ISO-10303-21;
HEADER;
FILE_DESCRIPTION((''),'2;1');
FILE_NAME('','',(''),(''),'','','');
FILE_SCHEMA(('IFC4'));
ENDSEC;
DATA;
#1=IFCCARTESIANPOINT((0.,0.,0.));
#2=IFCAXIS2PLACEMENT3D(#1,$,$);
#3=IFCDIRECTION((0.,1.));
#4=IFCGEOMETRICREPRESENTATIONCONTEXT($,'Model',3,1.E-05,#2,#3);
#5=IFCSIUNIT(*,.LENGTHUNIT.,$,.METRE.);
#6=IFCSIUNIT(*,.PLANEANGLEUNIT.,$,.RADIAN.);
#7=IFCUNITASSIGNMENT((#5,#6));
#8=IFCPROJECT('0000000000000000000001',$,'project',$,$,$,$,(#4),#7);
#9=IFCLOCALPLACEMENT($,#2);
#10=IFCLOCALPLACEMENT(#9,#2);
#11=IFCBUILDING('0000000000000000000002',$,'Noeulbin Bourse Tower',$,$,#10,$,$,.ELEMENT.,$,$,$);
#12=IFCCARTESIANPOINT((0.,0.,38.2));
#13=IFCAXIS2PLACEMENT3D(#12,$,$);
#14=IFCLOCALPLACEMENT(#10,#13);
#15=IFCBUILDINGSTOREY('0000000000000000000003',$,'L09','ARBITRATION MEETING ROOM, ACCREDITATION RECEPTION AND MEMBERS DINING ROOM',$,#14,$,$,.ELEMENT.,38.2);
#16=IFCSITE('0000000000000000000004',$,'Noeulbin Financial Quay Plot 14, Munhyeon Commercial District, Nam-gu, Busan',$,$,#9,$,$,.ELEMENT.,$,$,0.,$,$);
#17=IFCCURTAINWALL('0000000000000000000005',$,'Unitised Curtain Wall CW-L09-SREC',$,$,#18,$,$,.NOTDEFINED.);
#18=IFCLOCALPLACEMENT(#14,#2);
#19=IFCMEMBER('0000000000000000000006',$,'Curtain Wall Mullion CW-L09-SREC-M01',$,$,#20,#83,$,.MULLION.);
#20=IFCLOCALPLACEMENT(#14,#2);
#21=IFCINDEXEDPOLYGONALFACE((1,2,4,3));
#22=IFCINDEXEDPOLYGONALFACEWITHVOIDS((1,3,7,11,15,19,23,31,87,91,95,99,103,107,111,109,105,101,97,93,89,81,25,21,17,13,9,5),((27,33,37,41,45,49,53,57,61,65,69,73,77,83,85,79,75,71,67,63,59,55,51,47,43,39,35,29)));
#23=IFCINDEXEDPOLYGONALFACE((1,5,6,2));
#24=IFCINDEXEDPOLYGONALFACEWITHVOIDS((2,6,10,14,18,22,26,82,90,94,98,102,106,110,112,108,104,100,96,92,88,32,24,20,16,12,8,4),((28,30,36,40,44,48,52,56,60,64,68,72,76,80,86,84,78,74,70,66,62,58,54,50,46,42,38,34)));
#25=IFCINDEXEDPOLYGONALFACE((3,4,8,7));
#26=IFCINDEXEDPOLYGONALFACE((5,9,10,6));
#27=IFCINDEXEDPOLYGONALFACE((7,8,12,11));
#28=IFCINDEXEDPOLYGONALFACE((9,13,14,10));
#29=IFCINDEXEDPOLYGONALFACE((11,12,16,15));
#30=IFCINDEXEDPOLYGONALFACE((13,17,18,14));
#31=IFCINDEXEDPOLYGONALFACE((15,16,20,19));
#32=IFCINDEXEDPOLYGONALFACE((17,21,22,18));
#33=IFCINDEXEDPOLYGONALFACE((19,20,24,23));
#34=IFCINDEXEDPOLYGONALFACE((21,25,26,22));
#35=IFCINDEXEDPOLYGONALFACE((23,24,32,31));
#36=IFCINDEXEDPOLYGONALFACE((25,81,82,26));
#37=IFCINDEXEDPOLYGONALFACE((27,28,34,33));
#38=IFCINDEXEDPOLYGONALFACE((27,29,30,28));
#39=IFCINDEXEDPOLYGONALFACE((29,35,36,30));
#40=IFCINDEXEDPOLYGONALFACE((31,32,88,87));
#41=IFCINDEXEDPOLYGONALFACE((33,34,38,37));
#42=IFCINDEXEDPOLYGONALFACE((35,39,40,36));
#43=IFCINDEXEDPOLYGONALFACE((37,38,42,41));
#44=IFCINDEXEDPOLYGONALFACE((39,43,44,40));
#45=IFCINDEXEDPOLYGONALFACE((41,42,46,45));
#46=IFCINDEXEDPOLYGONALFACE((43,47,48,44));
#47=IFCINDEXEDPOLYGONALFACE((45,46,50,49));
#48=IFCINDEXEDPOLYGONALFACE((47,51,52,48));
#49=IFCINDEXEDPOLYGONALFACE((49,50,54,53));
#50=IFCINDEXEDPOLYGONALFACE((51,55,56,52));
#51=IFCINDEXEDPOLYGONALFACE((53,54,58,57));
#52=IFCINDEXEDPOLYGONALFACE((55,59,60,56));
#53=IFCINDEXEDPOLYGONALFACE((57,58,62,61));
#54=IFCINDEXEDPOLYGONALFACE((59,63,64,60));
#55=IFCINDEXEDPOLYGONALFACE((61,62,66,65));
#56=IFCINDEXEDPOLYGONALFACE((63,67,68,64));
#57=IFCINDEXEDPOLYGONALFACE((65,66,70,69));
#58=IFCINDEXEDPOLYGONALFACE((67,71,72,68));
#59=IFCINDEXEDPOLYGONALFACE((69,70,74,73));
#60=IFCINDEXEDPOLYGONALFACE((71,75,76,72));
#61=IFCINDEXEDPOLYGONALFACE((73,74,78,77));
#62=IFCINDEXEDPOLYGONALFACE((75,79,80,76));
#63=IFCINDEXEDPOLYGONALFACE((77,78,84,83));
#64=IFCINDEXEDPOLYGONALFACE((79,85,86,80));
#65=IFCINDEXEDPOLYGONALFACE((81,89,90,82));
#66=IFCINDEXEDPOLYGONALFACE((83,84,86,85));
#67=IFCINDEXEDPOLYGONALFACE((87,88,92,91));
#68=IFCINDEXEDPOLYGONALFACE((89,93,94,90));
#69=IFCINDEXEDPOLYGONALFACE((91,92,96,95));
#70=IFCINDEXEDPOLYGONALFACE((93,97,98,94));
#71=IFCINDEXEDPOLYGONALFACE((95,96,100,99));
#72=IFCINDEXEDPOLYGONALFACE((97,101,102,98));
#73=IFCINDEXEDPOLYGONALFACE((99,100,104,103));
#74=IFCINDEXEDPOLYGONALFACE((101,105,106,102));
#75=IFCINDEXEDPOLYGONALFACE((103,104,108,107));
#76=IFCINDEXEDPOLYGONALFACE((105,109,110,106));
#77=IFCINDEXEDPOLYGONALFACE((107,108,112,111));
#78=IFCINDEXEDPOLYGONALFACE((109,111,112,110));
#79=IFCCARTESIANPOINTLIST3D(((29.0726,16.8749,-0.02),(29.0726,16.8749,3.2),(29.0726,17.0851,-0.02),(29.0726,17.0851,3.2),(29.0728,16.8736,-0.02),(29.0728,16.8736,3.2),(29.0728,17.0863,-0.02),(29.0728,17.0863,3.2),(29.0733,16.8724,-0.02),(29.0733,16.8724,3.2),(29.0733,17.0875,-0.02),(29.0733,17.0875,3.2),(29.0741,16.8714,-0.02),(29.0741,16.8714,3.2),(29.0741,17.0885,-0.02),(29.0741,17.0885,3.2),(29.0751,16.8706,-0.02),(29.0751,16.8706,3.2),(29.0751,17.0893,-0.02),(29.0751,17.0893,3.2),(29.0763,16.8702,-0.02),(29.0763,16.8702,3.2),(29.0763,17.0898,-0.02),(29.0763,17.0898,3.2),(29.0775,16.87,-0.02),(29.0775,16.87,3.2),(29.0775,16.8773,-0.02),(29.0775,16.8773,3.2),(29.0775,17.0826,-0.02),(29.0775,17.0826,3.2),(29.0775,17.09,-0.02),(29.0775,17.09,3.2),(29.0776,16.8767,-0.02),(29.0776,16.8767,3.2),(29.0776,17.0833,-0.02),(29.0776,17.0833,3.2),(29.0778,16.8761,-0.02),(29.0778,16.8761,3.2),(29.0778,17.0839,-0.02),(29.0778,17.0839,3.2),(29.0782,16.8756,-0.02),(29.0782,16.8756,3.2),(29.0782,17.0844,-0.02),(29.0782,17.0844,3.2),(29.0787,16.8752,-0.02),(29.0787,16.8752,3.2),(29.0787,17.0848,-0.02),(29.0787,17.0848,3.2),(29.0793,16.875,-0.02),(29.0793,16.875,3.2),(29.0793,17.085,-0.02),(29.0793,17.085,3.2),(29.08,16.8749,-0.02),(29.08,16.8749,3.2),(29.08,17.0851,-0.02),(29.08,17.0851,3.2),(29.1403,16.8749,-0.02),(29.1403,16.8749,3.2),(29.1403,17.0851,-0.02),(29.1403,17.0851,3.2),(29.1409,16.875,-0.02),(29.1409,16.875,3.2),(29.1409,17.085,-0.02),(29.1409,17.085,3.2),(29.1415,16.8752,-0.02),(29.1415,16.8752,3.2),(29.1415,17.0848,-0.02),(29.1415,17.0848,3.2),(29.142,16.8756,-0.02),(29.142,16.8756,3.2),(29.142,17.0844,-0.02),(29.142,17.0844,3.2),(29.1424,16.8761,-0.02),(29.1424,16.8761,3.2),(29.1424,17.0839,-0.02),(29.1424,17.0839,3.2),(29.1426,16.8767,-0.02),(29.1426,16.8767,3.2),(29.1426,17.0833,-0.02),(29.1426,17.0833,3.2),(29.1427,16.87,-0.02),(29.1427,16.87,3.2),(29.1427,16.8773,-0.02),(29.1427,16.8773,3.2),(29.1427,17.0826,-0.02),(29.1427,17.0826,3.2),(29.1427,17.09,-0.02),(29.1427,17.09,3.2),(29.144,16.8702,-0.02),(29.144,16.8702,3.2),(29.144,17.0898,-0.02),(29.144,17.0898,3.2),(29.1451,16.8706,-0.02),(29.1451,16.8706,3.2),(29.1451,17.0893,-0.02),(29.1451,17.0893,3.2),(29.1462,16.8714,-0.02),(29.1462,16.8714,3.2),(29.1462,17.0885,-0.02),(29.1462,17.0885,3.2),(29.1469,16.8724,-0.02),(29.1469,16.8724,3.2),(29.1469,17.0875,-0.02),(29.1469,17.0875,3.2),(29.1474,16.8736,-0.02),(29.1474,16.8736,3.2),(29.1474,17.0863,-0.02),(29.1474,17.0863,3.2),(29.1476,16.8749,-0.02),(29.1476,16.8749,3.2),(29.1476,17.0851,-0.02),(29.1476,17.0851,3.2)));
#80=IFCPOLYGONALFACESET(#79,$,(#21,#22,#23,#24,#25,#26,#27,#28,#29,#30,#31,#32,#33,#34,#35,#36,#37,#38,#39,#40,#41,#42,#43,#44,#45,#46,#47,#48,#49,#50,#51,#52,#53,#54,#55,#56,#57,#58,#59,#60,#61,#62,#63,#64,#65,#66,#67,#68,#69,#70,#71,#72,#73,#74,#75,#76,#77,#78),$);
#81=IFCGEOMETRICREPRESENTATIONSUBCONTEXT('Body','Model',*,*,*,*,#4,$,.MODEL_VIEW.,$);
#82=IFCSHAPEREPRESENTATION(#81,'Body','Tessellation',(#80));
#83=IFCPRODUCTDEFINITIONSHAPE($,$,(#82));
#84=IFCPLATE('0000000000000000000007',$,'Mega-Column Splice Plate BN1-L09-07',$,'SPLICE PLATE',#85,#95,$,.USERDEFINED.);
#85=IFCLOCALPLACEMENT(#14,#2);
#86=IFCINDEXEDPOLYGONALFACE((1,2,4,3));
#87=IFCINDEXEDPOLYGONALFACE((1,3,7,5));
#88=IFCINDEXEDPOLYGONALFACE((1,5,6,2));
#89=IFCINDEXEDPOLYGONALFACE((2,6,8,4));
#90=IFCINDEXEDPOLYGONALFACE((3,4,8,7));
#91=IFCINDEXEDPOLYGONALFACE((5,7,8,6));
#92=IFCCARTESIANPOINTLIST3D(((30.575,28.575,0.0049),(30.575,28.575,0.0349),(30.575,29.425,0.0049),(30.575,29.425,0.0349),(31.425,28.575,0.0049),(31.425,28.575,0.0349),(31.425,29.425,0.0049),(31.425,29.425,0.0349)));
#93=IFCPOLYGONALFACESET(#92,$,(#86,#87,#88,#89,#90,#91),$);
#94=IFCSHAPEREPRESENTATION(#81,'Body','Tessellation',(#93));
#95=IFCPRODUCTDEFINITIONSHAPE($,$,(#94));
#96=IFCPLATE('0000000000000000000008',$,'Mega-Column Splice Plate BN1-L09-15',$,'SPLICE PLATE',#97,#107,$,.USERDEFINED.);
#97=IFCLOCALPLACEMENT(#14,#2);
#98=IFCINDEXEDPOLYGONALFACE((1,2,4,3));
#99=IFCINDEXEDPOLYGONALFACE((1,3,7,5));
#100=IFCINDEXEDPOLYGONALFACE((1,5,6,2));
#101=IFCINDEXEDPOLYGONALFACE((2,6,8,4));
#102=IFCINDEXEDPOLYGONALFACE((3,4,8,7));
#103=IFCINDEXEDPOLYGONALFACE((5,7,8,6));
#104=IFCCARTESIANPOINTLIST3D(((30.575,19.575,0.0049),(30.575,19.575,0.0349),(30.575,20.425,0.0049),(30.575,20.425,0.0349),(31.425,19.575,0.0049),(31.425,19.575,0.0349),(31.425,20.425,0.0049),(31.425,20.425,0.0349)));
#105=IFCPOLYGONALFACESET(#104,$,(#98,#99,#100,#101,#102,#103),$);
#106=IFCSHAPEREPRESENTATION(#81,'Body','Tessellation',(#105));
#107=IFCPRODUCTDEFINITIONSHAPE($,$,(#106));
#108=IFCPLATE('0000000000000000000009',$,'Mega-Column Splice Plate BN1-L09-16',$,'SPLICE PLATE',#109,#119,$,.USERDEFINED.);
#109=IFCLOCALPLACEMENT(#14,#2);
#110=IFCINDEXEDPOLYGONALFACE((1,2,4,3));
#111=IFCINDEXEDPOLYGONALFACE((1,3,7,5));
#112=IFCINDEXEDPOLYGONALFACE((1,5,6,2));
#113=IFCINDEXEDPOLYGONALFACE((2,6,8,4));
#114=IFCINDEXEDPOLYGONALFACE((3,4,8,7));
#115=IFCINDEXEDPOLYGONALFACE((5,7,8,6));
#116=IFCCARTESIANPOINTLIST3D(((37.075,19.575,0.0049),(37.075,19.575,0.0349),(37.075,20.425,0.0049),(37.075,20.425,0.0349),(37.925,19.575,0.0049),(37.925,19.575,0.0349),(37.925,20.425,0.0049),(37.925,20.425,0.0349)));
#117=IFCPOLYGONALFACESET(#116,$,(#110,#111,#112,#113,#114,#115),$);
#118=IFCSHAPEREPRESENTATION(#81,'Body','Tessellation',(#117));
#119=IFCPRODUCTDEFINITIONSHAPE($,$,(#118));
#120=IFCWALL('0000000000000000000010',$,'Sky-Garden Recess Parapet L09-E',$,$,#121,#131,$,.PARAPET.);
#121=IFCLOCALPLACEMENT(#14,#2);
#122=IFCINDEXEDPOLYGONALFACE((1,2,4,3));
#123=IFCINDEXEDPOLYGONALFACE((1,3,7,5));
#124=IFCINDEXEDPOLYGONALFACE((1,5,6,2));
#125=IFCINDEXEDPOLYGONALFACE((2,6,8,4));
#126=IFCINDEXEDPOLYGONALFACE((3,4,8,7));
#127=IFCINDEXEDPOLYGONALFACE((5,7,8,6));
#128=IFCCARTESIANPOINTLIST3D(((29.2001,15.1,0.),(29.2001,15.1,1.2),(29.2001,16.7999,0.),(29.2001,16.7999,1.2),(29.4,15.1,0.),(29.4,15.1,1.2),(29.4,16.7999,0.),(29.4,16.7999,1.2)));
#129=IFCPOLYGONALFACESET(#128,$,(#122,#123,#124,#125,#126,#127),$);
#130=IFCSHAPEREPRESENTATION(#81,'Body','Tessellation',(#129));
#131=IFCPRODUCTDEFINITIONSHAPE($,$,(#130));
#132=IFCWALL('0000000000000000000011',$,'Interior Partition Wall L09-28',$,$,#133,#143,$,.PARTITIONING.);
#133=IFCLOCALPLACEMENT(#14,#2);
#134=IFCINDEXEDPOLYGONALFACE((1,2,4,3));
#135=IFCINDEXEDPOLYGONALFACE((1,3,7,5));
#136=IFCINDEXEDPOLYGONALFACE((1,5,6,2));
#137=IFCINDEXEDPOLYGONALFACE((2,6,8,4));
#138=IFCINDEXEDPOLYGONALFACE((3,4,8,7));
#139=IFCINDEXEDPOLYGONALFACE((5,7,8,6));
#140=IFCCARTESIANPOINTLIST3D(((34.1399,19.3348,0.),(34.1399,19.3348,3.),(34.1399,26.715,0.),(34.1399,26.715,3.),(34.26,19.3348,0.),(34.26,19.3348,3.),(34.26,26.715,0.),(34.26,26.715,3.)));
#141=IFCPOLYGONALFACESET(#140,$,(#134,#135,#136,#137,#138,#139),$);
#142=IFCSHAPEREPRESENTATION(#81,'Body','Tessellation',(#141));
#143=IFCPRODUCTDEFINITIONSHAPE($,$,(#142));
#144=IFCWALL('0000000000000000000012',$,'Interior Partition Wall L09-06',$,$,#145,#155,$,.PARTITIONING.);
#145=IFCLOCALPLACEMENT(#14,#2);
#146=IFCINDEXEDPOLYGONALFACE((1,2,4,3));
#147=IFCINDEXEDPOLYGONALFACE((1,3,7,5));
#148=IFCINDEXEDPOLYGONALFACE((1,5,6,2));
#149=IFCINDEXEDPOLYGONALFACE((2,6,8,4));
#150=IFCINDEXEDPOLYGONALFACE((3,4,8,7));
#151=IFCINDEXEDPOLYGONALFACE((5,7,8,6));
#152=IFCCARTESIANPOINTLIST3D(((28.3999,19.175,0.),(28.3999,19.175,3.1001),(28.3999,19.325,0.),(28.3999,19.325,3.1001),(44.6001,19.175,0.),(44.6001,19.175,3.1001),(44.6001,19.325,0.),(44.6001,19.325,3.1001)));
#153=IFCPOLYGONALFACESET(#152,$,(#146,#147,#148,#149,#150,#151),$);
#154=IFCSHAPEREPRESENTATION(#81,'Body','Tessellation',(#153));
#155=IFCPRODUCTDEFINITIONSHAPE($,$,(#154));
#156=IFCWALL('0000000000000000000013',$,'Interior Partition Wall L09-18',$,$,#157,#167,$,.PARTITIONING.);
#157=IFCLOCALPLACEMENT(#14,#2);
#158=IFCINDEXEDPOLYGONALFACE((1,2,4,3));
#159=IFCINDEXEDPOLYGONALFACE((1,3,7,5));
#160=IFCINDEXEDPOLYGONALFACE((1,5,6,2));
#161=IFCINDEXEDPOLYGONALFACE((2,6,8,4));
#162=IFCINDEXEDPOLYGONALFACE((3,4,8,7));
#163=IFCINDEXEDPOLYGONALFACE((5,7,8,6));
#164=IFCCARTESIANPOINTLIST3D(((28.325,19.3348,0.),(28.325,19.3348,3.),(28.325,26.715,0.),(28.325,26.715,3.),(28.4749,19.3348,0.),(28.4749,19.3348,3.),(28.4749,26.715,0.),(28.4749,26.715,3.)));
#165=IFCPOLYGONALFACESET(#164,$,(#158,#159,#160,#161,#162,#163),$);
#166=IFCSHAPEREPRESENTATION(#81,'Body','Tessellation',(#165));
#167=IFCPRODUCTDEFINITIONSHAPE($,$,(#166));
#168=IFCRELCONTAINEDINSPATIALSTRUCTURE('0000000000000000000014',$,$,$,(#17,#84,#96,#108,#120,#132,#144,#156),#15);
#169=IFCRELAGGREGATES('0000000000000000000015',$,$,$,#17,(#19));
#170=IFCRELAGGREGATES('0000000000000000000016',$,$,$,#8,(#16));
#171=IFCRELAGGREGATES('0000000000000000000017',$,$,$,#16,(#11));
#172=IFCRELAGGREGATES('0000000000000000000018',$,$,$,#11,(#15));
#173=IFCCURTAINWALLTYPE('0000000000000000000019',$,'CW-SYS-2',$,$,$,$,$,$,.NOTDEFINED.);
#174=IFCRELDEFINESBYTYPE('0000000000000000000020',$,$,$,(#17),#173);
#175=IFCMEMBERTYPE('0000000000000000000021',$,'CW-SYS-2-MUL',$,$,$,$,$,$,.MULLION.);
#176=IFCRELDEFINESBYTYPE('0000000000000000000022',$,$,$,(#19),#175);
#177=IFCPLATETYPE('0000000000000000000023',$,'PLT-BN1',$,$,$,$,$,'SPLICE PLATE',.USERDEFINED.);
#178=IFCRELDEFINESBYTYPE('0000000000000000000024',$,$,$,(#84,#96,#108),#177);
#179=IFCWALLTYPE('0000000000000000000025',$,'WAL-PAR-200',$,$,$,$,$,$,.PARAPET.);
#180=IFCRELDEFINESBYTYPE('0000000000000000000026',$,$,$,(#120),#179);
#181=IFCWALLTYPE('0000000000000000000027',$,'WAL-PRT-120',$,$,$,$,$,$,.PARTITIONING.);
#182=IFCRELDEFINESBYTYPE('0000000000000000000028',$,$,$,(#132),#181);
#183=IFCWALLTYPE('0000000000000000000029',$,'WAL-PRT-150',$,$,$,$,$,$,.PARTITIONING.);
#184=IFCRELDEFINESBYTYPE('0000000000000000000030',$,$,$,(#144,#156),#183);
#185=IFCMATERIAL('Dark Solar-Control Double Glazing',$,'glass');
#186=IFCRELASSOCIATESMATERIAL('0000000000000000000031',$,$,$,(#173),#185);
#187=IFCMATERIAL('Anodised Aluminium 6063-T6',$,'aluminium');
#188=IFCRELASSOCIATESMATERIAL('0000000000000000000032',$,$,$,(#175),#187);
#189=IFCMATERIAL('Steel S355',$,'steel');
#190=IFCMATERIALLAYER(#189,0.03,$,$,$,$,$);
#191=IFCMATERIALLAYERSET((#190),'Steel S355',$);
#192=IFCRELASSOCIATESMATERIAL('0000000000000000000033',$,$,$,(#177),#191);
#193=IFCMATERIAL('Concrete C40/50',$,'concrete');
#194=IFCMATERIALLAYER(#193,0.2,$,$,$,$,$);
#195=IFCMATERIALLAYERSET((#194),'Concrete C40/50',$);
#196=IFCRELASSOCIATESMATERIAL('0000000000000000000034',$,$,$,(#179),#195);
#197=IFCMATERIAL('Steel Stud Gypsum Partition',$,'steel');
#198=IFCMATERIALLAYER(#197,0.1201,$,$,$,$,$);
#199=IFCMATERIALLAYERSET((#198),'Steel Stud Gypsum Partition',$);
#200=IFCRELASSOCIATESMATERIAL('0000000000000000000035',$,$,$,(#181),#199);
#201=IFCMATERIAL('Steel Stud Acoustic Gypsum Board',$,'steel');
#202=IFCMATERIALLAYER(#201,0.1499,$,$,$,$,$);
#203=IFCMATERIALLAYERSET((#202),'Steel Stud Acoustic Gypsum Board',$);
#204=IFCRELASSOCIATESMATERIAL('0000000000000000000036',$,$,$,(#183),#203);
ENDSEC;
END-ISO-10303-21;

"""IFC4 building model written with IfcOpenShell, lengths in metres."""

from ifc_helpers import new_model, si_unit, direction, frame, frame_2d, origin, origin_2d, place, context, subcontext, project, spatial, rectangle, hollow_rectangle, extrude, material, layer, layer_set, material_profile, profile_set, type_object, element, aggregate, save


model = new_model("IFC4")

# Units and contexts
model_context = context("Model", 3, precision=1e-05, world=origin(), true_north=direction((0.0, 1.0)))
body_context = subcontext(model_context, "Body", "Model", "MODEL_VIEW")
ifc_project = project(units=[si_unit("LENGTHUNIT", "METRE"), si_unit("PLANEANGLEUNIT", "RADIAN")], contexts=[model_context])

# Site, building, storey
site_placement = place(None, origin())
site = spatial("IfcSite", under=ifc_project, at=site_placement, Name="Noeulbin Financial Quay Plot 14, Munhyeon Commercial District, Nam-gu, Busan", CompositionType="ELEMENT", RefElevation=0.0)
building_placement = place(site_placement, origin())
building = spatial("IfcBuilding", under=site, at=building_placement, Name="Noeulbin Bourse Tower", CompositionType="ELEMENT")
storey_placement = place(building_placement, frame((0.0, 0.0, 38.2)))
storey = spatial("IfcBuildingStorey", under=building, at=storey_placement, Name="L09", Description="ARBITRATION MEETING ROOM, ACCREDITATION RECEPTION AND MEMBERS DINING ROOM", CompositionType="ELEMENT", Elevation=38.2)

# Shared definitions
ifc_material_1 = material(Name="Steel S355", Category="steel")

# Curtain wall, member
ifc_material_2 = material(Name="Dark Solar-Control Double Glazing", Category="glass")
curtain_wall_type = type_object("IfcCurtainWallType", Name="CW-SYS-2", PredefinedType="NOTDEFINED", material=ifc_material_2)
curtain_wall_placement = place(storey_placement, origin())
curtain_wall = element("IfcCurtainWall", 1, at=curtain_wall_placement, inside=storey, type_object=curtain_wall_type, Name="Unitised Curtain Wall CW-L09-SREC", PredefinedType="NOTDEFINED")
ifc_material_3 = material(Name="Anodised Aluminium 6063-T6", Category="aluminium")
ifc_material_profile_1 = material_profile(ifc_material_3, hollow_rectangle(XDim=0.075, YDim=0.22, WallThickness=0.0049, InnerFilletRadius=0.0024, OuterFilletRadius=0.0049, at=origin_2d()), Name="ALU-MULL-75x220x5", Category="LoadBearing")
ifc_profile_set_1 = profile_set([ifc_material_profile_1], Name="Anodised Aluminium 6063-T6")
member_type = type_object("IfcMemberType", Name="CW-SYS-2-MUL", PredefinedType="MULLION", material=ifc_profile_set_1)
member_placement = place(storey_placement, frame((29.1101, 16.98, -0.02), z_axis=(0.0, 0.0, 1.0), x_axis=(1.0, 0.0, 0.0)))
member = element("IfcMember", 2, at=member_placement, type_object=member_type, Name="Curtain Wall Mullion CW-L09-SREC-M01", PredefinedType="MULLION", context=body_context, shape_type="SweptSolid", body=[
    extrude(hollow_rectangle(XDim=0.075, YDim=0.22, WallThickness=0.0049, InnerFilletRadius=0.0024, OuterFilletRadius=0.0049, at=origin_2d()), origin(), (0.0, 0.0, 1.0), 3.22),
])
aggregate(curtain_wall, [member])

# Plates
ifc_layer_1 = layer(ifc_material_1, 0.03)
ifc_layer_set_1 = layer_set([ifc_layer_1], Name="Steel S355")
plate_type = type_object("IfcPlateType", Name="PLT-BN1", ElementType="SPLICE PLATE", PredefinedType="USERDEFINED", material=ifc_layer_set_1)
for number, where, z_axis, x_axis, name in (
    (3, (31.0, 29.0, 0.0049), (0.0, 0.0, 1.0), (1.0, 0.0, 0.0), "Mega-Column Splice Plate BN1-L09-07"),
    (4, (31.0, 20.0, 0.0049), (0.0, 0.0, 1.0), (1.0, 0.0, 0.0), "Mega-Column Splice Plate BN1-L09-15"),
    (5, (37.5, 20.0, 0.0049), (0.0, 0.0, 1.0), (1.0, 0.0, 0.0), "Mega-Column Splice Plate BN1-L09-16"),
):
    element("IfcPlate", number, at=place(storey_placement, frame(where, z_axis=z_axis, x_axis=x_axis)), inside=storey, type_object=plate_type, Name=name, ObjectType="SPLICE PLATE", PredefinedType="USERDEFINED", context=body_context, shape_type="SweptSolid", body=[
        extrude(rectangle(XDim=0.8501, YDim=0.8501, at=origin_2d()), origin(), (0.0, 0.0, 1.0), 0.03),
    ])

# Walls
ifc_material_4 = material(Name="Concrete C40/50", Category="concrete")
ifc_layer_2 = layer(ifc_material_4, 0.2)
ifc_layer_set_2 = layer_set([ifc_layer_2], Name="Concrete C40/50")
wall_type_1 = type_object("IfcWallType", Name="WAL-PAR-200", PredefinedType="PARAPET", material=ifc_layer_set_2)
wall_1_placement = place(storey_placement, frame((29.3, 16.8, 0.0), z_axis=(0.0, 0.0, 1.0), x_axis=(0.0, -1.0, 0.0)))
element("IfcWall", 6, at=wall_1_placement, inside=storey, type_object=wall_type_1, Name="Sky-Garden Recess Parapet L09-E", PredefinedType="PARAPET", context=body_context, shape_type="SweptSolid", body=[
    extrude(rectangle(XDim=1.7, YDim=0.2, at=frame_2d((0.8501, 0.0))), origin(), (0.0, 0.0, 1.0), 1.2),
])
ifc_material_5 = material(Name="Steel Stud Gypsum Partition", Category="steel")
ifc_layer_3 = layer(ifc_material_5, 0.1201)
ifc_layer_set_3 = layer_set([ifc_layer_3], Name="Steel Stud Gypsum Partition")
wall_type_2 = type_object("IfcWallType", Name="WAL-PRT-120", PredefinedType="PARTITIONING", material=ifc_layer_set_3)
wall_2_placement = place(storey_placement, frame((34.2, 19.335, 0.0), z_axis=(0.0, 0.0, 1.0), x_axis=(0.0, 1.0, 0.0)))
element("IfcWall", 7, at=wall_2_placement, inside=storey, type_object=wall_type_2, Name="Interior Partition Wall L09-28", PredefinedType="PARTITIONING", context=body_context, shape_type="SweptSolid", body=[
    extrude(rectangle(XDim=7.3801, YDim=0.1201, at=frame_2d((3.6899, 0.0))), origin(), (0.0, 0.0, 1.0), 3.0),
])
ifc_material_6 = material(Name="Steel Stud Acoustic Gypsum Board", Category="steel")
ifc_layer_4 = layer(ifc_material_6, 0.1499)
ifc_layer_set_4 = layer_set([ifc_layer_4], Name="Steel Stud Acoustic Gypsum Board")
wall_type_3 = type_object("IfcWallType", Name="WAL-PRT-150", PredefinedType="PARTITIONING", material=ifc_layer_set_4)
wall_3_placement = place(storey_placement, frame((28.3999, 19.25, 0.0), z_axis=(0.0, 0.0, 1.0), x_axis=(1.0, 0.0, 0.0)))
element("IfcWall", 8, at=wall_3_placement, inside=storey, type_object=wall_type_3, Name="Interior Partition Wall L09-06", PredefinedType="PARTITIONING", context=body_context, shape_type="SweptSolid", body=[
    extrude(rectangle(XDim=16.2002, YDim=0.1499, at=frame_2d((8.1001, 0.0))), origin(), (0.0, 0.0, 1.0), 3.1001),
])
wall_4_placement = place(storey_placement, frame((28.3999, 19.335, 0.0), z_axis=(0.0, 0.0, 1.0), x_axis=(0.0, 1.0, 0.0)))
element("IfcWall", 9, at=wall_4_placement, inside=storey, type_object=wall_type_3, Name="Interior Partition Wall L09-18", PredefinedType="PARTITIONING", context=body_context, shape_type="SweptSolid", body=[
    extrude(rectangle(XDim=7.3801, YDim=0.1499, at=frame_2d((3.6899, 0.0))), origin(), (0.0, 0.0, 1.0), 3.0),
])

save(model, "model.ifc")
